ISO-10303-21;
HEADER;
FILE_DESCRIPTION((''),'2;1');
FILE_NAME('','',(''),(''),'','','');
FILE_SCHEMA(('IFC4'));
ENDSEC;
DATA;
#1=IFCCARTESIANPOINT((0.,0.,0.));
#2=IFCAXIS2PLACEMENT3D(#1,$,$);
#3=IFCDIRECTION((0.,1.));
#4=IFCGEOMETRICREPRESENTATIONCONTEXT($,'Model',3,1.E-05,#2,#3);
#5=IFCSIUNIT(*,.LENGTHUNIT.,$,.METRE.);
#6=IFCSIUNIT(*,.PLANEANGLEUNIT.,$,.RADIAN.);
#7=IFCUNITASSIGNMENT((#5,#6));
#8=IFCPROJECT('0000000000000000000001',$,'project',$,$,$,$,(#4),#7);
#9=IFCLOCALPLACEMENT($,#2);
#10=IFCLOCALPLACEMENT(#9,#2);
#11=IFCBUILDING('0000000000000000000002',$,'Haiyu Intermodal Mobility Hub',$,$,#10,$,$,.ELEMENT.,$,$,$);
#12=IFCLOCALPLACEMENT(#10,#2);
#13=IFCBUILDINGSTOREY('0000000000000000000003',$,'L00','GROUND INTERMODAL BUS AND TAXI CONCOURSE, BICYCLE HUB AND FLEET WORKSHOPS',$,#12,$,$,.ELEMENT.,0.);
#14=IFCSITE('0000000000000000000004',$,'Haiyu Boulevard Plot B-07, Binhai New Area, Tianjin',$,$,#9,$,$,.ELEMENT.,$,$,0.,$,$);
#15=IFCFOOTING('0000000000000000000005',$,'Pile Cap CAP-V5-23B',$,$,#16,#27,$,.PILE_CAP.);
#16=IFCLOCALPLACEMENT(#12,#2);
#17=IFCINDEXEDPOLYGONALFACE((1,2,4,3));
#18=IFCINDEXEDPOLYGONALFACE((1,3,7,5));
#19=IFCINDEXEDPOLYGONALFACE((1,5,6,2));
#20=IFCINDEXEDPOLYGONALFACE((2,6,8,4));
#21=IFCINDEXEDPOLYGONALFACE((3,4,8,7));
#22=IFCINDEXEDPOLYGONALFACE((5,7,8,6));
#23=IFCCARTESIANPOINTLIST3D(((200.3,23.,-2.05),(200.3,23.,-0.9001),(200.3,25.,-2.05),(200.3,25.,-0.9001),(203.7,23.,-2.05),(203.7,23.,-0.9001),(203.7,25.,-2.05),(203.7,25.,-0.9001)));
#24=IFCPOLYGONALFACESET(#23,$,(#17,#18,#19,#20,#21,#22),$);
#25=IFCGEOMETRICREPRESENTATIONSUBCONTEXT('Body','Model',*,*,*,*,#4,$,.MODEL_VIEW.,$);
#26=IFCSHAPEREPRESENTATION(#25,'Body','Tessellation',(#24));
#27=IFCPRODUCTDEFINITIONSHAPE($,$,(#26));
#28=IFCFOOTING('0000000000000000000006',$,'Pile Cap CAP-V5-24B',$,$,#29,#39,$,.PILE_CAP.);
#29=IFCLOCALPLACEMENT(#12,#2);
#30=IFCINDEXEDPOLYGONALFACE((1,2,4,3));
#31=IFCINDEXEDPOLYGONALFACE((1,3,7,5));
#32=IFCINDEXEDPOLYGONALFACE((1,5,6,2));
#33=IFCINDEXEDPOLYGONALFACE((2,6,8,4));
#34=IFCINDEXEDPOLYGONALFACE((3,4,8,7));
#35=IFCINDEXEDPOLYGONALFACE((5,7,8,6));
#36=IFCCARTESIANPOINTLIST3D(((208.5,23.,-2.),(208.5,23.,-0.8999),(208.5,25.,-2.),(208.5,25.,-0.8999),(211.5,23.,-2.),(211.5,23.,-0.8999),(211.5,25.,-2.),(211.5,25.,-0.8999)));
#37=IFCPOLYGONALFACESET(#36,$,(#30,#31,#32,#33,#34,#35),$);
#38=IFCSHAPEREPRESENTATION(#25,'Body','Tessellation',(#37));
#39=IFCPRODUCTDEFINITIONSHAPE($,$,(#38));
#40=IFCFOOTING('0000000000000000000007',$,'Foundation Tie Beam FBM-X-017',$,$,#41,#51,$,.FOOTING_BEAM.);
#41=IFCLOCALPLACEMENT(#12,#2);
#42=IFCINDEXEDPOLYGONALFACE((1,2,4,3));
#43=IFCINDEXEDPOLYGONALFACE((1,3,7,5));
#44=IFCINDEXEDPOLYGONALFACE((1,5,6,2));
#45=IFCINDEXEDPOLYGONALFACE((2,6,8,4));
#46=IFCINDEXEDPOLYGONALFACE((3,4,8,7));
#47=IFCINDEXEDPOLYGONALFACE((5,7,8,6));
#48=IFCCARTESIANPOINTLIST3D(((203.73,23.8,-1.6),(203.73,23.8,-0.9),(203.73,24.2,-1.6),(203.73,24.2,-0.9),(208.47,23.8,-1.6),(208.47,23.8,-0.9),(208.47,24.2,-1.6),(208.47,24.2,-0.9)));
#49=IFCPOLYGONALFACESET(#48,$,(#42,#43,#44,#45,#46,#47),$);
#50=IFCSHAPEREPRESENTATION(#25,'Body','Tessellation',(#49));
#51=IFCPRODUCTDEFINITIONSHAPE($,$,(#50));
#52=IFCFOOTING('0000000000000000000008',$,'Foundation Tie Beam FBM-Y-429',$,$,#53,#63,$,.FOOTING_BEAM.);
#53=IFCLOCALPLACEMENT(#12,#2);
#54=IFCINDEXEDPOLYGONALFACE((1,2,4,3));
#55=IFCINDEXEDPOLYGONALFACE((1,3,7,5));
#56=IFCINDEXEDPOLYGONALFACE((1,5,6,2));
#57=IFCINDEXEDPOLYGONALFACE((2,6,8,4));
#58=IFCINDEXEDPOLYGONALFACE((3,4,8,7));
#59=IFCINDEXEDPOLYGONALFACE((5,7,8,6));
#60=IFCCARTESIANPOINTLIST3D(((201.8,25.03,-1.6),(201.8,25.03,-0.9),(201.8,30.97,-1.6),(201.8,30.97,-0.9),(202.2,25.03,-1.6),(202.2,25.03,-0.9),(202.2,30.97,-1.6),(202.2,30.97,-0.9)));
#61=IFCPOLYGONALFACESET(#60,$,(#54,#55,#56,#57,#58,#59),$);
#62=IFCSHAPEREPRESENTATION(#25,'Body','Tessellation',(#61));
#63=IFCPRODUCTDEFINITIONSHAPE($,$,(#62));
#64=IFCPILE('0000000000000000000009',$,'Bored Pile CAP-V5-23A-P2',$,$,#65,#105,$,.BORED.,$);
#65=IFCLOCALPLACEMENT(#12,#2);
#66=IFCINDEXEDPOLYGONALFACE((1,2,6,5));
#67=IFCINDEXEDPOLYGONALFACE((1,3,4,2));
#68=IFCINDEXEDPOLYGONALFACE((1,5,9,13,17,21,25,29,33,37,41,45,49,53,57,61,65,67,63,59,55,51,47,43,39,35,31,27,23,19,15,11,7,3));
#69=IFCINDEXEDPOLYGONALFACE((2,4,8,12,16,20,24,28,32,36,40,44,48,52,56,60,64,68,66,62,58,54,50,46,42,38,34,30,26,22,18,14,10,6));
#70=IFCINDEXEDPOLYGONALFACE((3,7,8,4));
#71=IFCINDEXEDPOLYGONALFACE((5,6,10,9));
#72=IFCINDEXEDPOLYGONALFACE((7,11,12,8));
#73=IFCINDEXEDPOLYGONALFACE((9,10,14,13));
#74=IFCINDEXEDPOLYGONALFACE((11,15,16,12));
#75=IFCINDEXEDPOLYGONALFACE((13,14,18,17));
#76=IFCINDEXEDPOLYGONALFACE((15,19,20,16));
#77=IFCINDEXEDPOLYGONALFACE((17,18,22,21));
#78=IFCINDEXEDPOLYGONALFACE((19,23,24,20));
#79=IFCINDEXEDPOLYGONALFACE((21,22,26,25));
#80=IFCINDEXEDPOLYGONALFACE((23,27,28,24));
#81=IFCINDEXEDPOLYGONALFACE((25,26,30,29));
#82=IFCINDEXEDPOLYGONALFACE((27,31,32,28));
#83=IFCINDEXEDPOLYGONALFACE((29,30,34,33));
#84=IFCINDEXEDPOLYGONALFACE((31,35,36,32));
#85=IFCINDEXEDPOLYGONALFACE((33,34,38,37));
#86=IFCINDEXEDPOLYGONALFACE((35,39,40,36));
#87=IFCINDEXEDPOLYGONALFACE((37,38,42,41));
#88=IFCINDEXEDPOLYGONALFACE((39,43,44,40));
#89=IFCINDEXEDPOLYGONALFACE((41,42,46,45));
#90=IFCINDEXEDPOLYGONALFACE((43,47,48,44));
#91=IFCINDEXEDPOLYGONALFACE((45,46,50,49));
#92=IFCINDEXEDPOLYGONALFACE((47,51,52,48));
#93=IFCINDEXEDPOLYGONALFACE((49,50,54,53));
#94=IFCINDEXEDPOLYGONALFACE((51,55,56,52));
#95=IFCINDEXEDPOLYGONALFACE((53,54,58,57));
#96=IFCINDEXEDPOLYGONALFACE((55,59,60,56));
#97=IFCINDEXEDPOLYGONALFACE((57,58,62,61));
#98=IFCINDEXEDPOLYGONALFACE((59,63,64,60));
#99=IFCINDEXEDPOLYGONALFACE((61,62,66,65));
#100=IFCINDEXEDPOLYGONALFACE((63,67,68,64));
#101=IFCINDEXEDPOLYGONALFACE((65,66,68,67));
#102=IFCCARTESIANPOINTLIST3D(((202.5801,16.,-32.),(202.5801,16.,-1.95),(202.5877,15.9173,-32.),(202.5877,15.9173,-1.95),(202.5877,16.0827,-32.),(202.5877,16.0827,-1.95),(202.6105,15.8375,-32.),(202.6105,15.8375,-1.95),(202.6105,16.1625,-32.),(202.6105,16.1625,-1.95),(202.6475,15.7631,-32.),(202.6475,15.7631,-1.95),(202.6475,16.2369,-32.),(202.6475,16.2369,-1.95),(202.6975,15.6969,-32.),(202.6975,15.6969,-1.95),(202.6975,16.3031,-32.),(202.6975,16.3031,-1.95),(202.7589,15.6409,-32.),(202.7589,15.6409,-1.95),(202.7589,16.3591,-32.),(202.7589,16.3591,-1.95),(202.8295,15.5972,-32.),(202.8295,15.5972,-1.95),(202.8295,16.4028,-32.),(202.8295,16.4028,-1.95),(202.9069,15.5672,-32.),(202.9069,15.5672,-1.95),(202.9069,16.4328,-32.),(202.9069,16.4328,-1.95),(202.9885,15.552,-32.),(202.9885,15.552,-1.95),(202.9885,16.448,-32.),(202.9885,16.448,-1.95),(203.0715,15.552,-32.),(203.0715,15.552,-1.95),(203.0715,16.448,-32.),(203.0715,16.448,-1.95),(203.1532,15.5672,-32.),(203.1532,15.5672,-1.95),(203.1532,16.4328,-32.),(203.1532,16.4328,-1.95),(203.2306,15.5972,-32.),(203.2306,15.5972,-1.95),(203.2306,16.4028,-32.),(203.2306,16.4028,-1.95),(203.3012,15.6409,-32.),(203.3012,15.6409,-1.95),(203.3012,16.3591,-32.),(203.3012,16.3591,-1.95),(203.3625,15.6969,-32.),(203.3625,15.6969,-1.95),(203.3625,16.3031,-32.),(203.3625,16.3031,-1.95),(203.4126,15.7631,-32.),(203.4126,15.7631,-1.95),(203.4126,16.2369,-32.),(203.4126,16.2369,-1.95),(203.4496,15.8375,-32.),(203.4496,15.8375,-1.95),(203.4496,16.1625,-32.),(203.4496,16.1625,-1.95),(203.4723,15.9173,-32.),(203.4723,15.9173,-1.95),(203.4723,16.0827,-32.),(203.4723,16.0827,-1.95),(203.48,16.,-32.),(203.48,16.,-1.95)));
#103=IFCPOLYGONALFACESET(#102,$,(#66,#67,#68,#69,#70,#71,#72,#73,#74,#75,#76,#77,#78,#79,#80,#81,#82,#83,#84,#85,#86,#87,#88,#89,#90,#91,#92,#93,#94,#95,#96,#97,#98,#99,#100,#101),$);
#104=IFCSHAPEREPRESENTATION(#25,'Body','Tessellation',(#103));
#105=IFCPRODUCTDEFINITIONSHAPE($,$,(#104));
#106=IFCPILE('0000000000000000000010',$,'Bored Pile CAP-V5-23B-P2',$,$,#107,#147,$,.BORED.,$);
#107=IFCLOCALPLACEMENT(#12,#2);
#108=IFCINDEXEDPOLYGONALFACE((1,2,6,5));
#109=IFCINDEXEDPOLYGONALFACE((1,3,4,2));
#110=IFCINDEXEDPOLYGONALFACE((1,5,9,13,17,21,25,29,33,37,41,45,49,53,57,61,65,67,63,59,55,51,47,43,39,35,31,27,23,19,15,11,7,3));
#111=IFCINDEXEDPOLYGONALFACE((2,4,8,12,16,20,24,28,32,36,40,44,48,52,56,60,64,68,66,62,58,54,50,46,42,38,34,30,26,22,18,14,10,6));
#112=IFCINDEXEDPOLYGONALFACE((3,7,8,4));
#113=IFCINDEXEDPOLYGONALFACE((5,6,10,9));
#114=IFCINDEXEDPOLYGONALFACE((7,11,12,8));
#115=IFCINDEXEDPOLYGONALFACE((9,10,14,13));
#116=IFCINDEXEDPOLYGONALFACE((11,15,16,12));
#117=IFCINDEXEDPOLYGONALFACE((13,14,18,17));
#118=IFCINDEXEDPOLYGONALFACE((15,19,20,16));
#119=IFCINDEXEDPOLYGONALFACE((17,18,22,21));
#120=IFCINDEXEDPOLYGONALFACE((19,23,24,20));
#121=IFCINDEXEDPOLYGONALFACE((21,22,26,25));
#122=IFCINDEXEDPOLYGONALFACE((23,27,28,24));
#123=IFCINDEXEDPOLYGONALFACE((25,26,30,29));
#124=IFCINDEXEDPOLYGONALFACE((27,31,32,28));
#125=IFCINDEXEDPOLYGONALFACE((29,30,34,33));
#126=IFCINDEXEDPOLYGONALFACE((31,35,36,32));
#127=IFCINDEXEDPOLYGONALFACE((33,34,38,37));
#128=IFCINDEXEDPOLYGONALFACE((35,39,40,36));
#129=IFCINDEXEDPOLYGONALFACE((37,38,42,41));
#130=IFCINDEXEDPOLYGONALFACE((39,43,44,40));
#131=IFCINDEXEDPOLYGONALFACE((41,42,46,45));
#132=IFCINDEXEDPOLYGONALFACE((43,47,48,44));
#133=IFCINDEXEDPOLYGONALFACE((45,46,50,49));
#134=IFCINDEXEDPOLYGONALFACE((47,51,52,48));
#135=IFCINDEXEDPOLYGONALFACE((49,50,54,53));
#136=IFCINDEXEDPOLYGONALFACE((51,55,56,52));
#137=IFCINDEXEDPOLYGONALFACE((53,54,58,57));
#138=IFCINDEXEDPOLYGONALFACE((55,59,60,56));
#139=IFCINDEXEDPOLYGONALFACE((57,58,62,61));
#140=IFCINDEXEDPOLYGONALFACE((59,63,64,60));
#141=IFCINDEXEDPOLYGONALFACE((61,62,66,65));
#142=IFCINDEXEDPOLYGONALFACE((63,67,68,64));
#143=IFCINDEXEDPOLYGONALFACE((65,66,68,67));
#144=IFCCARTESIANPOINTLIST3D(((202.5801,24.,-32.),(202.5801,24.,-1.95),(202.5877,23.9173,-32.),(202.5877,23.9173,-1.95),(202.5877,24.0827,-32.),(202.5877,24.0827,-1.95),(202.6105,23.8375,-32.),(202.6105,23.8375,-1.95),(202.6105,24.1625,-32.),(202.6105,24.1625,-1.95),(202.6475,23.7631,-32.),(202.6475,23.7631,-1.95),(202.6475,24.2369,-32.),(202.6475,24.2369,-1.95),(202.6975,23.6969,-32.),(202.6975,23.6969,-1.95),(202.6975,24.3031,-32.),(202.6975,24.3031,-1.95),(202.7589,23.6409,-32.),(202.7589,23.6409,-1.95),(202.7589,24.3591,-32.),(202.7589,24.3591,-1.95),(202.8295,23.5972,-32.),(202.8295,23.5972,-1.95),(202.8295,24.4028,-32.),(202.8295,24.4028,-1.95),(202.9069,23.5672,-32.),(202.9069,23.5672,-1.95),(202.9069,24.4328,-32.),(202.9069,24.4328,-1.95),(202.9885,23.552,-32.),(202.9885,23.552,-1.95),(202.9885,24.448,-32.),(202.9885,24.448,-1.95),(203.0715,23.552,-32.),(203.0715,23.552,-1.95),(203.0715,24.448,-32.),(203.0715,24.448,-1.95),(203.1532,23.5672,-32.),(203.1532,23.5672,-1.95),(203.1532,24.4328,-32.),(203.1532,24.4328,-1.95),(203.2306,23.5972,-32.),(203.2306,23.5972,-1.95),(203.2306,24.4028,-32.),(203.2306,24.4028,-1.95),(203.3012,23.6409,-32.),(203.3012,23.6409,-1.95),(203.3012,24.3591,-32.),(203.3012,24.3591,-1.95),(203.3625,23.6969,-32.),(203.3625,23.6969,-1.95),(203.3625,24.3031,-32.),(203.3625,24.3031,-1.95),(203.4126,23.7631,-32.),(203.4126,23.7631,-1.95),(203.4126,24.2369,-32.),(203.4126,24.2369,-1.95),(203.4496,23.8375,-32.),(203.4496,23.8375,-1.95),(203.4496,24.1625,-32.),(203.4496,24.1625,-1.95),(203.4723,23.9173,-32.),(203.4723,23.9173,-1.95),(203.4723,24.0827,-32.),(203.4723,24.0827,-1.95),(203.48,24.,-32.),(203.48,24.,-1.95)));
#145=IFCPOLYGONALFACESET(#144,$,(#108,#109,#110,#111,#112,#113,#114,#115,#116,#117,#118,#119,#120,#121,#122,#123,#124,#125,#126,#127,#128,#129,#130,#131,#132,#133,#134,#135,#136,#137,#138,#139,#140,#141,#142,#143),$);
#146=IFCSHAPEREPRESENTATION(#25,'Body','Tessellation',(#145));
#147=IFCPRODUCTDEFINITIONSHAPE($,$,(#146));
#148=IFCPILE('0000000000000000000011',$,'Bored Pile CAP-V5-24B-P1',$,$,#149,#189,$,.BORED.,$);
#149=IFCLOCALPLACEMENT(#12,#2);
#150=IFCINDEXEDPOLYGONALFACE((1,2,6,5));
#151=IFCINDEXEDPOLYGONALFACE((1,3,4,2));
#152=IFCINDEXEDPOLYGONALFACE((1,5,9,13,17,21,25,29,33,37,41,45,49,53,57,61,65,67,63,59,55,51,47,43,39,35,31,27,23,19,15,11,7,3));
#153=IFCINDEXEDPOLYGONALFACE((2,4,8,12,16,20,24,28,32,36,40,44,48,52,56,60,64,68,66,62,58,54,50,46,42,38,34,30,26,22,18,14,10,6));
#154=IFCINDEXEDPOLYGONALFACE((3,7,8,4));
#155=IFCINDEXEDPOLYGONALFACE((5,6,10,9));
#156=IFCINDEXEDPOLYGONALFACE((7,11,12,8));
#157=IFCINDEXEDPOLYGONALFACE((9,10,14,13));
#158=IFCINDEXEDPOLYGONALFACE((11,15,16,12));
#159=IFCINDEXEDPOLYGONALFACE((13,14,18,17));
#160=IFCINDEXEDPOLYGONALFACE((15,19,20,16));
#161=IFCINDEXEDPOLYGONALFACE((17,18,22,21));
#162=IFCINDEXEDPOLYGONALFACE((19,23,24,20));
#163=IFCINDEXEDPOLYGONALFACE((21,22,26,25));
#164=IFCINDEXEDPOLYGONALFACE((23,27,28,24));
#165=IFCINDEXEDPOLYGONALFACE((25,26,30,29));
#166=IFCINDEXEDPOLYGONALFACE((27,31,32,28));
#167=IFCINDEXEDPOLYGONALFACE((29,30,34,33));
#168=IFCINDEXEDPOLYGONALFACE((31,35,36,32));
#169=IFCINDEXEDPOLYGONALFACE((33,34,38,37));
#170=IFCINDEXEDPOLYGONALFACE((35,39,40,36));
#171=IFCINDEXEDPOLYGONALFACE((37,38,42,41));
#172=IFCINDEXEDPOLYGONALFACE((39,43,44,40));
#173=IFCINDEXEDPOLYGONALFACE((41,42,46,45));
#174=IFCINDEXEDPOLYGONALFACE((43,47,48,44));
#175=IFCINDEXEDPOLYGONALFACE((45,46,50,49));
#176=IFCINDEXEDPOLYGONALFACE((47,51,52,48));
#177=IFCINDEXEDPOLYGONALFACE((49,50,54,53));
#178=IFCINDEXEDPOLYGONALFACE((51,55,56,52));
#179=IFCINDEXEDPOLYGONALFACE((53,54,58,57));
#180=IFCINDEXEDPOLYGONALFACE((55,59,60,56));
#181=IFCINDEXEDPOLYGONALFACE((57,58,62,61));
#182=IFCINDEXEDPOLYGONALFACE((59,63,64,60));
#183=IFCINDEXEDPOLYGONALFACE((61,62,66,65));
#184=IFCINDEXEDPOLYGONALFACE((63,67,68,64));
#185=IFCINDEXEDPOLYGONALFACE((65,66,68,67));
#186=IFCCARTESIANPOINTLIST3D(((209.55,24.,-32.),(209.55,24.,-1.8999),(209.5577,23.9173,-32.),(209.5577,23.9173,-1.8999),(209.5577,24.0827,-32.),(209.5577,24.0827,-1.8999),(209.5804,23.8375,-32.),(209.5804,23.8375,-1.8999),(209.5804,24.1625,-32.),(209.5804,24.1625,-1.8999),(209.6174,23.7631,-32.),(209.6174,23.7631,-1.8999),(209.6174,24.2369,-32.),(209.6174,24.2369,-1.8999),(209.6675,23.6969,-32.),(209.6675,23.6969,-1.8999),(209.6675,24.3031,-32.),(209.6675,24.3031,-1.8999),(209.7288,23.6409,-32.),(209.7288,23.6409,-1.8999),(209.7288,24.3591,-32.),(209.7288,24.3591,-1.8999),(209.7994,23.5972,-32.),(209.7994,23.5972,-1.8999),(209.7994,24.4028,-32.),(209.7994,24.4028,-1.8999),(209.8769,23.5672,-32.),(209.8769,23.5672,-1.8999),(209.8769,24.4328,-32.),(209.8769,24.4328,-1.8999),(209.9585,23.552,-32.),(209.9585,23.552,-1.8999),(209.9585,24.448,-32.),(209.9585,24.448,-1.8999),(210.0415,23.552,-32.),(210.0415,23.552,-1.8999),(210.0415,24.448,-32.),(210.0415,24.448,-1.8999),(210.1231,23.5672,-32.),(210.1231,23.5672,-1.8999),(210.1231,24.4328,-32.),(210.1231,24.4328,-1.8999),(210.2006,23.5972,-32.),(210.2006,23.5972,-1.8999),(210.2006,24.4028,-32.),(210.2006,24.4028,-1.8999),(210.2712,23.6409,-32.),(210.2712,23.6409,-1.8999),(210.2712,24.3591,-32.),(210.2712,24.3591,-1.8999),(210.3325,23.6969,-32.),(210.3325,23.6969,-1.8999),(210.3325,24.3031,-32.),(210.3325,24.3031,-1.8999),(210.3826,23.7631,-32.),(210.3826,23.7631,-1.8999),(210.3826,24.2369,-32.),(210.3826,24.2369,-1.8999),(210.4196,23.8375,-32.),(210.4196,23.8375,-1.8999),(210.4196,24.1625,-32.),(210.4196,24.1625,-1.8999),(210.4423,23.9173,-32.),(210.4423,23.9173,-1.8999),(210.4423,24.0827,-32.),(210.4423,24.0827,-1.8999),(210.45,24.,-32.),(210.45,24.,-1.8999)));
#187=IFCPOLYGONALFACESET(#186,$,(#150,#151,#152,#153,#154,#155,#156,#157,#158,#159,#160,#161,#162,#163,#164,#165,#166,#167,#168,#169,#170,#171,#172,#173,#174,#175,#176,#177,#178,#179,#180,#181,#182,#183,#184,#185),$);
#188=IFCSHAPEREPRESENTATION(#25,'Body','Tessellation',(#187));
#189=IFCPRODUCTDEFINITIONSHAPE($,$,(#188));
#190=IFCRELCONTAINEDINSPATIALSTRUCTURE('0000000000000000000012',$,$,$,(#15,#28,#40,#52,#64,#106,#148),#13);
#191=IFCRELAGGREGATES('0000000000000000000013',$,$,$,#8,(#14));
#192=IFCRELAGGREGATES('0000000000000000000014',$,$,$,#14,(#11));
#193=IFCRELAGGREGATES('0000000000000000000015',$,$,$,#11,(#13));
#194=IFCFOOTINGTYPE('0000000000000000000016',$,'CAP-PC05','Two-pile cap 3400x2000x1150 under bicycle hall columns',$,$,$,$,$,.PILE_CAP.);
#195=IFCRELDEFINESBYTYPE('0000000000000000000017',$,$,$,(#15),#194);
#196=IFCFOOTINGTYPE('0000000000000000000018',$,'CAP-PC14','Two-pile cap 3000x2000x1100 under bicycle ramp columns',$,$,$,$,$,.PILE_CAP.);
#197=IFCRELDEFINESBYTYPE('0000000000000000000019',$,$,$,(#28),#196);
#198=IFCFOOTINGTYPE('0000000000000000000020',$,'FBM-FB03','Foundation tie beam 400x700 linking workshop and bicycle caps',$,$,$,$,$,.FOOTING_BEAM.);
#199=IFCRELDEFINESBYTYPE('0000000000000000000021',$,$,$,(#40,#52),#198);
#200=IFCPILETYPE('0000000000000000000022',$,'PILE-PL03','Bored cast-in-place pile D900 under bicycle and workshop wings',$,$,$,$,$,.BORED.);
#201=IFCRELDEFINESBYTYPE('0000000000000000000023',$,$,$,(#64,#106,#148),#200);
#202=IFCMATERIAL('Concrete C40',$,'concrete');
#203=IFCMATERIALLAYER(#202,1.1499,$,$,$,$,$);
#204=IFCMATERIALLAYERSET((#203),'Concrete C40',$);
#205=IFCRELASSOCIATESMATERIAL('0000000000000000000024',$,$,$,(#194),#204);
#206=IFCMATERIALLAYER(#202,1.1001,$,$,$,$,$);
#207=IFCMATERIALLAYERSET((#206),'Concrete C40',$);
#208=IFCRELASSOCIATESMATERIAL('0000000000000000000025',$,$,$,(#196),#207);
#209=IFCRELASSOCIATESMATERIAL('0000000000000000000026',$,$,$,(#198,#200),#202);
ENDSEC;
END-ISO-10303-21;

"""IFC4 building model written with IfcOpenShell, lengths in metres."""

from ifc_helpers import new_model, si_unit, direction, frame, origin, origin_2d, place, context, subcontext, project, spatial, rectangle, circle, extrude, material, layer, layer_set, material_profile, profile_set, type_object, element, save


model = new_model("IFC4")

# Units and contexts
model_context = context("Model", 3, precision=1e-05, world=origin(), true_north=direction((0.0, 1.0)))
body_context = subcontext(model_context, "Body", "Model", "MODEL_VIEW")
ifc_project = project(units=[si_unit("LENGTHUNIT", "METRE"), si_unit("PLANEANGLEUNIT", "RADIAN")], contexts=[model_context])

# Site, building, storey
site_placement = place(None, origin())
site = spatial("IfcSite", under=ifc_project, at=site_placement, Name="Haiyu Boulevard Plot B-07, Binhai New Area, Tianjin", CompositionType="ELEMENT", RefElevation=0.0)
building_placement = place(site_placement, origin())
building = spatial("IfcBuilding", under=site, at=building_placement, Name="Haiyu Intermodal Mobility Hub", CompositionType="ELEMENT")
storey_placement = place(building_placement, origin())
storey = spatial("IfcBuildingStorey", under=building, at=storey_placement, Name="L00", Description="GROUND INTERMODAL BUS AND TAXI CONCOURSE, BICYCLE HUB AND FLEET WORKSHOPS", CompositionType="ELEMENT", Elevation=0.0)

# Footings
ifc_material_1 = material(Name="Concrete C40", Category="concrete")
ifc_layer_1 = layer(ifc_material_1, 1.1499)
ifc_layer_set_1 = layer_set([ifc_layer_1], Name="Concrete C40")
footing_type_1 = type_object("IfcFootingType", Name="CAP-PC05", Description="Two-pile cap 3400x2000x1150 under bicycle hall columns", PredefinedType="PILE_CAP", material=ifc_layer_set_1)
footing_1_placement = place(storey_placement, frame((202.0, 24.0, -2.05), z_axis=(0.0, 0.0, 1.0), x_axis=(1.0, 0.0, 0.0)))
element("IfcFooting", 1, at=footing_1_placement, inside=storey, type_object=footing_type_1, Name="Pile Cap CAP-V5-23B", PredefinedType="PILE_CAP", context=body_context, shape_type="SweptSolid", body=[
    extrude(rectangle(XDim=3.3999, YDim=2.0, at=origin_2d()), origin(), (0.0, 0.0, 1.0), 1.1499),
])
ifc_layer_2 = layer(ifc_material_1, 1.1001)
ifc_layer_set_2 = layer_set([ifc_layer_2], Name="Concrete C40")
footing_type_2 = type_object("IfcFootingType", Name="CAP-PC14", Description="Two-pile cap 3000x2000x1100 under bicycle ramp columns", PredefinedType="PILE_CAP", material=ifc_layer_set_2)
footing_2_placement = place(storey_placement, frame((210.0, 24.0, -2.0), z_axis=(0.0, 0.0, 1.0), x_axis=(1.0, 0.0, 0.0)))
element("IfcFooting", 2, at=footing_2_placement, inside=storey, type_object=footing_type_2, Name="Pile Cap CAP-V5-24B", PredefinedType="PILE_CAP", context=body_context, shape_type="SweptSolid", body=[
    extrude(rectangle(XDim=3.0, YDim=2.0, at=origin_2d()), origin(), (0.0, 0.0, 1.0), 1.1001),
])
ifc_material_profile_1 = material_profile(ifc_material_1, rectangle(XDim=0.3999, YDim=0.7, at=origin_2d()), Name="FB400x700")
ifc_profile_set_1 = profile_set([ifc_material_profile_1], Name="Concrete C40")
footing_type_3 = type_object("IfcFootingType", Name="FBM-FB03", Description="Foundation tie beam 400x700 linking workshop and bicycle caps", PredefinedType="FOOTING_BEAM", material=ifc_profile_set_1)
footing_3_placement = place(storey_placement, frame((203.73, 24.0, -1.25), z_axis=(1.0, 0.0, 0.0), x_axis=(0.0, 1.0, 0.0)))
element("IfcFooting", 3, at=footing_3_placement, inside=storey, type_object=footing_type_3, Name="Foundation Tie Beam FBM-X-017", PredefinedType="FOOTING_BEAM", context=body_context, shape_type="SweptSolid", body=[
    extrude(rectangle(XDim=0.3999, YDim=0.7, at=origin_2d()), origin(), (0.0, 0.0, 1.0), 4.74),
])
footing_4_placement = place(storey_placement, frame((202.0, 25.03, -1.25), z_axis=(0.0, 1.0, 0.0), x_axis=(-1.0, 0.0, 0.0)))
element("IfcFooting", 4, at=footing_4_placement, inside=storey, type_object=footing_type_3, Name="Foundation Tie Beam FBM-Y-429", PredefinedType="FOOTING_BEAM", context=body_context, shape_type="SweptSolid", body=[
    extrude(rectangle(XDim=0.3999, YDim=0.7, at=origin_2d()), origin(), (0.0, 0.0, 1.0), 5.9399),
])

# Piles
ifc_material_profile_2 = material_profile(ifc_material_1, circle(Radius=0.45, at=origin_2d()), Name="PILE-D900")
ifc_profile_set_2 = profile_set([ifc_material_profile_2], Name="Concrete C40")
pile_type = type_object("IfcPileType", Name="PILE-PL03", Description="Bored cast-in-place pile D900 under bicycle and workshop wings", PredefinedType="BORED", material=ifc_profile_set_2)
for number, where, z_axis, x_axis, name in (
    (5, (203.03, 16.0, -1.95), (0.0, 0.0, -1.0), (1.0, 0.0, 0.0), "Bored Pile CAP-V5-23A-P2"),
    (6, (203.03, 24.0, -1.95), (0.0, 0.0, -1.0), (1.0, 0.0, 0.0), "Bored Pile CAP-V5-23B-P2"),
):
    element("IfcPile", number, at=place(storey_placement, frame(where, z_axis=z_axis, x_axis=x_axis)), inside=storey, type_object=pile_type, Name=name, PredefinedType="BORED", context=body_context, shape_type="SweptSolid", body=[
        extrude(circle(Radius=0.45, at=origin_2d()), origin(), (0.0, 0.0, 1.0), 30.05),
    ])
pile_placement = place(storey_placement, frame((210.0, 24.0, -1.8999), z_axis=(0.0, 0.0, -1.0), x_axis=(1.0, 0.0, 0.0)))
element("IfcPile", 7, at=pile_placement, inside=storey, type_object=pile_type, Name="Bored Pile CAP-V5-24B-P1", PredefinedType="BORED", context=body_context, shape_type="SweptSolid", body=[
    extrude(circle(Radius=0.45, at=origin_2d()), origin(), (0.0, 0.0, 1.0), 30.1001),
])

save(model, "model.ifc")
